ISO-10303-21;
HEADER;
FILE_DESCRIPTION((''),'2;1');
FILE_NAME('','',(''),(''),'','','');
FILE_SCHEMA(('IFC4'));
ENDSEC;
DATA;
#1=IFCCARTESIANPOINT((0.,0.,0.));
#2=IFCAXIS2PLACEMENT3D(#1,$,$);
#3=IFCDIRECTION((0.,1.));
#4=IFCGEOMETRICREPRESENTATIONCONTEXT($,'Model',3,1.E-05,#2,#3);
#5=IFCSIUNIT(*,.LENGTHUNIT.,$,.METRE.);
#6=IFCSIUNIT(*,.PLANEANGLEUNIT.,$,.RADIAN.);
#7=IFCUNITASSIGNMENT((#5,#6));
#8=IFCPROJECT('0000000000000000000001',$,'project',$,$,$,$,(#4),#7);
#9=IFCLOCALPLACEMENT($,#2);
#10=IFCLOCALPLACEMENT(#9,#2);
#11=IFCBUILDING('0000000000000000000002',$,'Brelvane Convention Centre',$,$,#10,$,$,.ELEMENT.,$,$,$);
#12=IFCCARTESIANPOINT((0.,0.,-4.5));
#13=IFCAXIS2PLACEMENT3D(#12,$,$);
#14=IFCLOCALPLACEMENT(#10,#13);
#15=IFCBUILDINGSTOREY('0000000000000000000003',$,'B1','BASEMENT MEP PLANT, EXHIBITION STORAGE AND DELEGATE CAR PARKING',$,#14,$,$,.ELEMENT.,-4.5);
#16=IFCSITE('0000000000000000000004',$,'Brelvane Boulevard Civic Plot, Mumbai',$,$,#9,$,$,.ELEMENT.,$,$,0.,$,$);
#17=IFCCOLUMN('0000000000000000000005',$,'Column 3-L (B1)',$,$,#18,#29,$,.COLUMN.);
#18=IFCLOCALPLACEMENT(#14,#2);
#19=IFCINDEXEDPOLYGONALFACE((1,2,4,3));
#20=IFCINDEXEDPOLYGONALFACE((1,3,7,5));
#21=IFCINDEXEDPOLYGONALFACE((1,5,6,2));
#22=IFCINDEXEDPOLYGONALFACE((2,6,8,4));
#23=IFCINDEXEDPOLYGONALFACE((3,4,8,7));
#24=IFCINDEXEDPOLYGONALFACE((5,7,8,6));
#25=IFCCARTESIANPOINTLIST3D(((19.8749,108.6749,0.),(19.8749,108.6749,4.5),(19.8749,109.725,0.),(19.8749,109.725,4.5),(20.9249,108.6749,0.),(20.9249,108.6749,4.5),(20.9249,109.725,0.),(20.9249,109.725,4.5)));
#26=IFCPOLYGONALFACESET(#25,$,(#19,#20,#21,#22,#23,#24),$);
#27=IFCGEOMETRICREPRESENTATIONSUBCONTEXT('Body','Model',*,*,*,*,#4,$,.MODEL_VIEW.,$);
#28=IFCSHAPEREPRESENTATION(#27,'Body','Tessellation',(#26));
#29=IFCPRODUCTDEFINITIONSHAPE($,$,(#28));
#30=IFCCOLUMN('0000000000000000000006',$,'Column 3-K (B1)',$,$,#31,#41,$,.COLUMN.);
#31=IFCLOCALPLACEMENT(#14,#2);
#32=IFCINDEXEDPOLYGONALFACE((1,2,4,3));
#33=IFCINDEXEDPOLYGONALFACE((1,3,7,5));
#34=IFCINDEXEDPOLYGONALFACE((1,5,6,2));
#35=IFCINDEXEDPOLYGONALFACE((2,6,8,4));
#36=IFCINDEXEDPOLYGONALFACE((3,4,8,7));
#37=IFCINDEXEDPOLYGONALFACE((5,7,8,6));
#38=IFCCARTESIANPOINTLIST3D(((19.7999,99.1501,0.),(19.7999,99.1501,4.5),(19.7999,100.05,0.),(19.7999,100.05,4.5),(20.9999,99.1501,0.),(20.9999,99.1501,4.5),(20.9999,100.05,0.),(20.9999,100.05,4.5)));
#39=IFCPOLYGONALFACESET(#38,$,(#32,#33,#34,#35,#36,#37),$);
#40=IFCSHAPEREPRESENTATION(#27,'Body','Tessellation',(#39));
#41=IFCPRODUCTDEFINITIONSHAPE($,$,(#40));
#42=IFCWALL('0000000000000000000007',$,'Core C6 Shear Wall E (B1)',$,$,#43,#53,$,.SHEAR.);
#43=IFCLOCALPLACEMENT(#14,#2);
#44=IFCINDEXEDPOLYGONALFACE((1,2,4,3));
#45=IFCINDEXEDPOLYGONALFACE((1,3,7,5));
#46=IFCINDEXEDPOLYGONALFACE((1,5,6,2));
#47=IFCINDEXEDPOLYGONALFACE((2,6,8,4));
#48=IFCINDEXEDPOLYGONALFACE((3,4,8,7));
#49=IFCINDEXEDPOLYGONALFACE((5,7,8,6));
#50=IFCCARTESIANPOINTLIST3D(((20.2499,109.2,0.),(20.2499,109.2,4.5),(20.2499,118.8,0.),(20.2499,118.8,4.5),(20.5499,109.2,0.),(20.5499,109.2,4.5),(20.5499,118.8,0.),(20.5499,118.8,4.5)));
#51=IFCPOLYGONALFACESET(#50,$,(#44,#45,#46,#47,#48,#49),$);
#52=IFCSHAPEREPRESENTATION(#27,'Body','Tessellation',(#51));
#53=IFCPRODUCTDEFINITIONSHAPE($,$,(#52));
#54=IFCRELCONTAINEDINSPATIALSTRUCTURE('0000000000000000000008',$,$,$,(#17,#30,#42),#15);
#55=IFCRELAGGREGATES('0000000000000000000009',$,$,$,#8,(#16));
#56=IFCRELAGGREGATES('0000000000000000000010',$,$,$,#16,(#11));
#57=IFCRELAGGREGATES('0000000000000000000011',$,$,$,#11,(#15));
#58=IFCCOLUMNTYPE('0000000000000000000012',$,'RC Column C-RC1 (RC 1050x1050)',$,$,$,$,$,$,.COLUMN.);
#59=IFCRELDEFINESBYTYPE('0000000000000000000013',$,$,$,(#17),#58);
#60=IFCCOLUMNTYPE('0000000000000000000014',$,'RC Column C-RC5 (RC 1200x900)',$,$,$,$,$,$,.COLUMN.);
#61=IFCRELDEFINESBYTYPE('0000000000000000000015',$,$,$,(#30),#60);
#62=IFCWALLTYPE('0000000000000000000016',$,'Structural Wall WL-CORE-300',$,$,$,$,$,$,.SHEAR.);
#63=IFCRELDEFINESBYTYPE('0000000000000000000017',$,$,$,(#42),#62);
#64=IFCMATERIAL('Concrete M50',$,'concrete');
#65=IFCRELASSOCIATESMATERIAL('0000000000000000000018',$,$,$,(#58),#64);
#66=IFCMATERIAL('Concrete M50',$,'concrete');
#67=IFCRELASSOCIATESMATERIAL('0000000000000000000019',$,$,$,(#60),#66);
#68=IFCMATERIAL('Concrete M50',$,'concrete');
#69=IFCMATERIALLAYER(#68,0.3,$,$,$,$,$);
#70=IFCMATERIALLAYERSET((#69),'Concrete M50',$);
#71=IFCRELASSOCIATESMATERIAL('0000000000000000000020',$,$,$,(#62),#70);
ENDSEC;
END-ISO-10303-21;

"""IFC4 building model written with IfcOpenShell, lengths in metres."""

from ifc_helpers import new_model, si_unit, direction, frame, frame_2d, origin, origin_2d, place, context, subcontext, project, spatial, rectangle, extrude, material, layer, layer_set, material_profile, profile_set, type_object, element, save


model = new_model("IFC4")

# Units and contexts
model_context = context("Model", 3, precision=1e-05, world=origin(), true_north=direction((0.0, 1.0)))
body_context = subcontext(model_context, "Body", "Model", "MODEL_VIEW")
ifc_project = project(units=[si_unit("LENGTHUNIT", "METRE"), si_unit("PLANEANGLEUNIT", "RADIAN")], contexts=[model_context])

# Site, building, storey
site_placement = place(None, origin())
site = spatial("IfcSite", under=ifc_project, at=site_placement, Name="Brelvane Boulevard Civic Plot, Mumbai", CompositionType="ELEMENT", RefElevation=0.0)
building_placement = place(site_placement, origin())
building = spatial("IfcBuilding", under=site, at=building_placement, Name="Brelvane Convention Centre", CompositionType="ELEMENT")
storey_placement = place(building_placement, frame((0.0, 0.0, -4.5)))
storey = spatial("IfcBuildingStorey", under=building, at=storey_placement, Name="B1", Description="BASEMENT MEP PLANT, EXHIBITION STORAGE AND DELEGATE CAR PARKING", CompositionType="ELEMENT", Elevation=-4.5)

# Columns
ifc_material_1 = material(Name="Concrete M50", Category="concrete")
ifc_material_profile_1 = material_profile(ifc_material_1, rectangle(XDim=1.05, YDim=1.05, at=origin_2d()), Name="RC 1050x1050")
ifc_profile_set_1 = profile_set([ifc_material_profile_1], Name="Concrete M50")
column_type_1 = type_object("IfcColumnType", Name="RC Column C-RC1 (RC 1050x1050)", PredefinedType="COLUMN", material=ifc_profile_set_1)
column_1_placement = place(storey_placement, frame((20.3999, 109.2, 0.0), z_axis=(0.0, 0.0, 1.0), x_axis=(1.0, 0.0, 0.0)))
element("IfcColumn", 1, at=column_1_placement, inside=storey, type_object=column_type_1, Name="Column 3-L (B1)", PredefinedType="COLUMN", context=body_context, shape_type="SweptSolid", body=[
    extrude(rectangle(XDim=1.05, YDim=1.05, at=origin_2d()), origin(), (0.0, 0.0, 1.0), 4.5),
])
ifc_material_2 = material(Name="Concrete M50", Category="concrete")
ifc_material_profile_2 = material_profile(ifc_material_2, rectangle(XDim=1.2, YDim=0.8999, at=origin_2d()), Name="RC 1200x900")
ifc_profile_set_2 = profile_set([ifc_material_profile_2], Name="Concrete M50")
column_type_2 = type_object("IfcColumnType", Name="RC Column C-RC5 (RC 1200x900)", PredefinedType="COLUMN", material=ifc_profile_set_2)
column_2_placement = place(storey_placement, frame((20.3999, 99.6001, 0.0), z_axis=(0.0, 0.0, 1.0), x_axis=(1.0, 0.0, 0.0)))
element("IfcColumn", 2, at=column_2_placement, inside=storey, type_object=column_type_2, Name="Column 3-K (B1)", PredefinedType="COLUMN", context=body_context, shape_type="SweptSolid", body=[
    extrude(rectangle(XDim=1.2, YDim=0.8999, at=origin_2d()), origin(), (0.0, 0.0, 1.0), 4.5),
])

# Wall
ifc_material_3 = material(Name="Concrete M50", Category="concrete")
ifc_layer = layer(ifc_material_3, 0.3)
ifc_layer_set = layer_set([ifc_layer], Name="Concrete M50")
wall_type = type_object("IfcWallType", Name="Structural Wall WL-CORE-300", PredefinedType="SHEAR", material=ifc_layer_set)
wall_placement = place(storey_placement, frame((20.3999, 109.2, 0.0), z_axis=(0.0, 0.0, 1.0), x_axis=(0.0, 1.0, 0.0)))
element("IfcWall", 3, at=wall_placement, inside=storey, type_object=wall_type, Name="Core C6 Shear Wall E (B1)", PredefinedType="SHEAR", context=body_context, shape_type="SweptSolid", body=[
    extrude(rectangle(XDim=9.6001, YDim=0.3, at=frame_2d((4.8, 0.0))), origin(), (0.0, 0.0, 1.0), 4.5),
])

save(model, "model.ifc")
